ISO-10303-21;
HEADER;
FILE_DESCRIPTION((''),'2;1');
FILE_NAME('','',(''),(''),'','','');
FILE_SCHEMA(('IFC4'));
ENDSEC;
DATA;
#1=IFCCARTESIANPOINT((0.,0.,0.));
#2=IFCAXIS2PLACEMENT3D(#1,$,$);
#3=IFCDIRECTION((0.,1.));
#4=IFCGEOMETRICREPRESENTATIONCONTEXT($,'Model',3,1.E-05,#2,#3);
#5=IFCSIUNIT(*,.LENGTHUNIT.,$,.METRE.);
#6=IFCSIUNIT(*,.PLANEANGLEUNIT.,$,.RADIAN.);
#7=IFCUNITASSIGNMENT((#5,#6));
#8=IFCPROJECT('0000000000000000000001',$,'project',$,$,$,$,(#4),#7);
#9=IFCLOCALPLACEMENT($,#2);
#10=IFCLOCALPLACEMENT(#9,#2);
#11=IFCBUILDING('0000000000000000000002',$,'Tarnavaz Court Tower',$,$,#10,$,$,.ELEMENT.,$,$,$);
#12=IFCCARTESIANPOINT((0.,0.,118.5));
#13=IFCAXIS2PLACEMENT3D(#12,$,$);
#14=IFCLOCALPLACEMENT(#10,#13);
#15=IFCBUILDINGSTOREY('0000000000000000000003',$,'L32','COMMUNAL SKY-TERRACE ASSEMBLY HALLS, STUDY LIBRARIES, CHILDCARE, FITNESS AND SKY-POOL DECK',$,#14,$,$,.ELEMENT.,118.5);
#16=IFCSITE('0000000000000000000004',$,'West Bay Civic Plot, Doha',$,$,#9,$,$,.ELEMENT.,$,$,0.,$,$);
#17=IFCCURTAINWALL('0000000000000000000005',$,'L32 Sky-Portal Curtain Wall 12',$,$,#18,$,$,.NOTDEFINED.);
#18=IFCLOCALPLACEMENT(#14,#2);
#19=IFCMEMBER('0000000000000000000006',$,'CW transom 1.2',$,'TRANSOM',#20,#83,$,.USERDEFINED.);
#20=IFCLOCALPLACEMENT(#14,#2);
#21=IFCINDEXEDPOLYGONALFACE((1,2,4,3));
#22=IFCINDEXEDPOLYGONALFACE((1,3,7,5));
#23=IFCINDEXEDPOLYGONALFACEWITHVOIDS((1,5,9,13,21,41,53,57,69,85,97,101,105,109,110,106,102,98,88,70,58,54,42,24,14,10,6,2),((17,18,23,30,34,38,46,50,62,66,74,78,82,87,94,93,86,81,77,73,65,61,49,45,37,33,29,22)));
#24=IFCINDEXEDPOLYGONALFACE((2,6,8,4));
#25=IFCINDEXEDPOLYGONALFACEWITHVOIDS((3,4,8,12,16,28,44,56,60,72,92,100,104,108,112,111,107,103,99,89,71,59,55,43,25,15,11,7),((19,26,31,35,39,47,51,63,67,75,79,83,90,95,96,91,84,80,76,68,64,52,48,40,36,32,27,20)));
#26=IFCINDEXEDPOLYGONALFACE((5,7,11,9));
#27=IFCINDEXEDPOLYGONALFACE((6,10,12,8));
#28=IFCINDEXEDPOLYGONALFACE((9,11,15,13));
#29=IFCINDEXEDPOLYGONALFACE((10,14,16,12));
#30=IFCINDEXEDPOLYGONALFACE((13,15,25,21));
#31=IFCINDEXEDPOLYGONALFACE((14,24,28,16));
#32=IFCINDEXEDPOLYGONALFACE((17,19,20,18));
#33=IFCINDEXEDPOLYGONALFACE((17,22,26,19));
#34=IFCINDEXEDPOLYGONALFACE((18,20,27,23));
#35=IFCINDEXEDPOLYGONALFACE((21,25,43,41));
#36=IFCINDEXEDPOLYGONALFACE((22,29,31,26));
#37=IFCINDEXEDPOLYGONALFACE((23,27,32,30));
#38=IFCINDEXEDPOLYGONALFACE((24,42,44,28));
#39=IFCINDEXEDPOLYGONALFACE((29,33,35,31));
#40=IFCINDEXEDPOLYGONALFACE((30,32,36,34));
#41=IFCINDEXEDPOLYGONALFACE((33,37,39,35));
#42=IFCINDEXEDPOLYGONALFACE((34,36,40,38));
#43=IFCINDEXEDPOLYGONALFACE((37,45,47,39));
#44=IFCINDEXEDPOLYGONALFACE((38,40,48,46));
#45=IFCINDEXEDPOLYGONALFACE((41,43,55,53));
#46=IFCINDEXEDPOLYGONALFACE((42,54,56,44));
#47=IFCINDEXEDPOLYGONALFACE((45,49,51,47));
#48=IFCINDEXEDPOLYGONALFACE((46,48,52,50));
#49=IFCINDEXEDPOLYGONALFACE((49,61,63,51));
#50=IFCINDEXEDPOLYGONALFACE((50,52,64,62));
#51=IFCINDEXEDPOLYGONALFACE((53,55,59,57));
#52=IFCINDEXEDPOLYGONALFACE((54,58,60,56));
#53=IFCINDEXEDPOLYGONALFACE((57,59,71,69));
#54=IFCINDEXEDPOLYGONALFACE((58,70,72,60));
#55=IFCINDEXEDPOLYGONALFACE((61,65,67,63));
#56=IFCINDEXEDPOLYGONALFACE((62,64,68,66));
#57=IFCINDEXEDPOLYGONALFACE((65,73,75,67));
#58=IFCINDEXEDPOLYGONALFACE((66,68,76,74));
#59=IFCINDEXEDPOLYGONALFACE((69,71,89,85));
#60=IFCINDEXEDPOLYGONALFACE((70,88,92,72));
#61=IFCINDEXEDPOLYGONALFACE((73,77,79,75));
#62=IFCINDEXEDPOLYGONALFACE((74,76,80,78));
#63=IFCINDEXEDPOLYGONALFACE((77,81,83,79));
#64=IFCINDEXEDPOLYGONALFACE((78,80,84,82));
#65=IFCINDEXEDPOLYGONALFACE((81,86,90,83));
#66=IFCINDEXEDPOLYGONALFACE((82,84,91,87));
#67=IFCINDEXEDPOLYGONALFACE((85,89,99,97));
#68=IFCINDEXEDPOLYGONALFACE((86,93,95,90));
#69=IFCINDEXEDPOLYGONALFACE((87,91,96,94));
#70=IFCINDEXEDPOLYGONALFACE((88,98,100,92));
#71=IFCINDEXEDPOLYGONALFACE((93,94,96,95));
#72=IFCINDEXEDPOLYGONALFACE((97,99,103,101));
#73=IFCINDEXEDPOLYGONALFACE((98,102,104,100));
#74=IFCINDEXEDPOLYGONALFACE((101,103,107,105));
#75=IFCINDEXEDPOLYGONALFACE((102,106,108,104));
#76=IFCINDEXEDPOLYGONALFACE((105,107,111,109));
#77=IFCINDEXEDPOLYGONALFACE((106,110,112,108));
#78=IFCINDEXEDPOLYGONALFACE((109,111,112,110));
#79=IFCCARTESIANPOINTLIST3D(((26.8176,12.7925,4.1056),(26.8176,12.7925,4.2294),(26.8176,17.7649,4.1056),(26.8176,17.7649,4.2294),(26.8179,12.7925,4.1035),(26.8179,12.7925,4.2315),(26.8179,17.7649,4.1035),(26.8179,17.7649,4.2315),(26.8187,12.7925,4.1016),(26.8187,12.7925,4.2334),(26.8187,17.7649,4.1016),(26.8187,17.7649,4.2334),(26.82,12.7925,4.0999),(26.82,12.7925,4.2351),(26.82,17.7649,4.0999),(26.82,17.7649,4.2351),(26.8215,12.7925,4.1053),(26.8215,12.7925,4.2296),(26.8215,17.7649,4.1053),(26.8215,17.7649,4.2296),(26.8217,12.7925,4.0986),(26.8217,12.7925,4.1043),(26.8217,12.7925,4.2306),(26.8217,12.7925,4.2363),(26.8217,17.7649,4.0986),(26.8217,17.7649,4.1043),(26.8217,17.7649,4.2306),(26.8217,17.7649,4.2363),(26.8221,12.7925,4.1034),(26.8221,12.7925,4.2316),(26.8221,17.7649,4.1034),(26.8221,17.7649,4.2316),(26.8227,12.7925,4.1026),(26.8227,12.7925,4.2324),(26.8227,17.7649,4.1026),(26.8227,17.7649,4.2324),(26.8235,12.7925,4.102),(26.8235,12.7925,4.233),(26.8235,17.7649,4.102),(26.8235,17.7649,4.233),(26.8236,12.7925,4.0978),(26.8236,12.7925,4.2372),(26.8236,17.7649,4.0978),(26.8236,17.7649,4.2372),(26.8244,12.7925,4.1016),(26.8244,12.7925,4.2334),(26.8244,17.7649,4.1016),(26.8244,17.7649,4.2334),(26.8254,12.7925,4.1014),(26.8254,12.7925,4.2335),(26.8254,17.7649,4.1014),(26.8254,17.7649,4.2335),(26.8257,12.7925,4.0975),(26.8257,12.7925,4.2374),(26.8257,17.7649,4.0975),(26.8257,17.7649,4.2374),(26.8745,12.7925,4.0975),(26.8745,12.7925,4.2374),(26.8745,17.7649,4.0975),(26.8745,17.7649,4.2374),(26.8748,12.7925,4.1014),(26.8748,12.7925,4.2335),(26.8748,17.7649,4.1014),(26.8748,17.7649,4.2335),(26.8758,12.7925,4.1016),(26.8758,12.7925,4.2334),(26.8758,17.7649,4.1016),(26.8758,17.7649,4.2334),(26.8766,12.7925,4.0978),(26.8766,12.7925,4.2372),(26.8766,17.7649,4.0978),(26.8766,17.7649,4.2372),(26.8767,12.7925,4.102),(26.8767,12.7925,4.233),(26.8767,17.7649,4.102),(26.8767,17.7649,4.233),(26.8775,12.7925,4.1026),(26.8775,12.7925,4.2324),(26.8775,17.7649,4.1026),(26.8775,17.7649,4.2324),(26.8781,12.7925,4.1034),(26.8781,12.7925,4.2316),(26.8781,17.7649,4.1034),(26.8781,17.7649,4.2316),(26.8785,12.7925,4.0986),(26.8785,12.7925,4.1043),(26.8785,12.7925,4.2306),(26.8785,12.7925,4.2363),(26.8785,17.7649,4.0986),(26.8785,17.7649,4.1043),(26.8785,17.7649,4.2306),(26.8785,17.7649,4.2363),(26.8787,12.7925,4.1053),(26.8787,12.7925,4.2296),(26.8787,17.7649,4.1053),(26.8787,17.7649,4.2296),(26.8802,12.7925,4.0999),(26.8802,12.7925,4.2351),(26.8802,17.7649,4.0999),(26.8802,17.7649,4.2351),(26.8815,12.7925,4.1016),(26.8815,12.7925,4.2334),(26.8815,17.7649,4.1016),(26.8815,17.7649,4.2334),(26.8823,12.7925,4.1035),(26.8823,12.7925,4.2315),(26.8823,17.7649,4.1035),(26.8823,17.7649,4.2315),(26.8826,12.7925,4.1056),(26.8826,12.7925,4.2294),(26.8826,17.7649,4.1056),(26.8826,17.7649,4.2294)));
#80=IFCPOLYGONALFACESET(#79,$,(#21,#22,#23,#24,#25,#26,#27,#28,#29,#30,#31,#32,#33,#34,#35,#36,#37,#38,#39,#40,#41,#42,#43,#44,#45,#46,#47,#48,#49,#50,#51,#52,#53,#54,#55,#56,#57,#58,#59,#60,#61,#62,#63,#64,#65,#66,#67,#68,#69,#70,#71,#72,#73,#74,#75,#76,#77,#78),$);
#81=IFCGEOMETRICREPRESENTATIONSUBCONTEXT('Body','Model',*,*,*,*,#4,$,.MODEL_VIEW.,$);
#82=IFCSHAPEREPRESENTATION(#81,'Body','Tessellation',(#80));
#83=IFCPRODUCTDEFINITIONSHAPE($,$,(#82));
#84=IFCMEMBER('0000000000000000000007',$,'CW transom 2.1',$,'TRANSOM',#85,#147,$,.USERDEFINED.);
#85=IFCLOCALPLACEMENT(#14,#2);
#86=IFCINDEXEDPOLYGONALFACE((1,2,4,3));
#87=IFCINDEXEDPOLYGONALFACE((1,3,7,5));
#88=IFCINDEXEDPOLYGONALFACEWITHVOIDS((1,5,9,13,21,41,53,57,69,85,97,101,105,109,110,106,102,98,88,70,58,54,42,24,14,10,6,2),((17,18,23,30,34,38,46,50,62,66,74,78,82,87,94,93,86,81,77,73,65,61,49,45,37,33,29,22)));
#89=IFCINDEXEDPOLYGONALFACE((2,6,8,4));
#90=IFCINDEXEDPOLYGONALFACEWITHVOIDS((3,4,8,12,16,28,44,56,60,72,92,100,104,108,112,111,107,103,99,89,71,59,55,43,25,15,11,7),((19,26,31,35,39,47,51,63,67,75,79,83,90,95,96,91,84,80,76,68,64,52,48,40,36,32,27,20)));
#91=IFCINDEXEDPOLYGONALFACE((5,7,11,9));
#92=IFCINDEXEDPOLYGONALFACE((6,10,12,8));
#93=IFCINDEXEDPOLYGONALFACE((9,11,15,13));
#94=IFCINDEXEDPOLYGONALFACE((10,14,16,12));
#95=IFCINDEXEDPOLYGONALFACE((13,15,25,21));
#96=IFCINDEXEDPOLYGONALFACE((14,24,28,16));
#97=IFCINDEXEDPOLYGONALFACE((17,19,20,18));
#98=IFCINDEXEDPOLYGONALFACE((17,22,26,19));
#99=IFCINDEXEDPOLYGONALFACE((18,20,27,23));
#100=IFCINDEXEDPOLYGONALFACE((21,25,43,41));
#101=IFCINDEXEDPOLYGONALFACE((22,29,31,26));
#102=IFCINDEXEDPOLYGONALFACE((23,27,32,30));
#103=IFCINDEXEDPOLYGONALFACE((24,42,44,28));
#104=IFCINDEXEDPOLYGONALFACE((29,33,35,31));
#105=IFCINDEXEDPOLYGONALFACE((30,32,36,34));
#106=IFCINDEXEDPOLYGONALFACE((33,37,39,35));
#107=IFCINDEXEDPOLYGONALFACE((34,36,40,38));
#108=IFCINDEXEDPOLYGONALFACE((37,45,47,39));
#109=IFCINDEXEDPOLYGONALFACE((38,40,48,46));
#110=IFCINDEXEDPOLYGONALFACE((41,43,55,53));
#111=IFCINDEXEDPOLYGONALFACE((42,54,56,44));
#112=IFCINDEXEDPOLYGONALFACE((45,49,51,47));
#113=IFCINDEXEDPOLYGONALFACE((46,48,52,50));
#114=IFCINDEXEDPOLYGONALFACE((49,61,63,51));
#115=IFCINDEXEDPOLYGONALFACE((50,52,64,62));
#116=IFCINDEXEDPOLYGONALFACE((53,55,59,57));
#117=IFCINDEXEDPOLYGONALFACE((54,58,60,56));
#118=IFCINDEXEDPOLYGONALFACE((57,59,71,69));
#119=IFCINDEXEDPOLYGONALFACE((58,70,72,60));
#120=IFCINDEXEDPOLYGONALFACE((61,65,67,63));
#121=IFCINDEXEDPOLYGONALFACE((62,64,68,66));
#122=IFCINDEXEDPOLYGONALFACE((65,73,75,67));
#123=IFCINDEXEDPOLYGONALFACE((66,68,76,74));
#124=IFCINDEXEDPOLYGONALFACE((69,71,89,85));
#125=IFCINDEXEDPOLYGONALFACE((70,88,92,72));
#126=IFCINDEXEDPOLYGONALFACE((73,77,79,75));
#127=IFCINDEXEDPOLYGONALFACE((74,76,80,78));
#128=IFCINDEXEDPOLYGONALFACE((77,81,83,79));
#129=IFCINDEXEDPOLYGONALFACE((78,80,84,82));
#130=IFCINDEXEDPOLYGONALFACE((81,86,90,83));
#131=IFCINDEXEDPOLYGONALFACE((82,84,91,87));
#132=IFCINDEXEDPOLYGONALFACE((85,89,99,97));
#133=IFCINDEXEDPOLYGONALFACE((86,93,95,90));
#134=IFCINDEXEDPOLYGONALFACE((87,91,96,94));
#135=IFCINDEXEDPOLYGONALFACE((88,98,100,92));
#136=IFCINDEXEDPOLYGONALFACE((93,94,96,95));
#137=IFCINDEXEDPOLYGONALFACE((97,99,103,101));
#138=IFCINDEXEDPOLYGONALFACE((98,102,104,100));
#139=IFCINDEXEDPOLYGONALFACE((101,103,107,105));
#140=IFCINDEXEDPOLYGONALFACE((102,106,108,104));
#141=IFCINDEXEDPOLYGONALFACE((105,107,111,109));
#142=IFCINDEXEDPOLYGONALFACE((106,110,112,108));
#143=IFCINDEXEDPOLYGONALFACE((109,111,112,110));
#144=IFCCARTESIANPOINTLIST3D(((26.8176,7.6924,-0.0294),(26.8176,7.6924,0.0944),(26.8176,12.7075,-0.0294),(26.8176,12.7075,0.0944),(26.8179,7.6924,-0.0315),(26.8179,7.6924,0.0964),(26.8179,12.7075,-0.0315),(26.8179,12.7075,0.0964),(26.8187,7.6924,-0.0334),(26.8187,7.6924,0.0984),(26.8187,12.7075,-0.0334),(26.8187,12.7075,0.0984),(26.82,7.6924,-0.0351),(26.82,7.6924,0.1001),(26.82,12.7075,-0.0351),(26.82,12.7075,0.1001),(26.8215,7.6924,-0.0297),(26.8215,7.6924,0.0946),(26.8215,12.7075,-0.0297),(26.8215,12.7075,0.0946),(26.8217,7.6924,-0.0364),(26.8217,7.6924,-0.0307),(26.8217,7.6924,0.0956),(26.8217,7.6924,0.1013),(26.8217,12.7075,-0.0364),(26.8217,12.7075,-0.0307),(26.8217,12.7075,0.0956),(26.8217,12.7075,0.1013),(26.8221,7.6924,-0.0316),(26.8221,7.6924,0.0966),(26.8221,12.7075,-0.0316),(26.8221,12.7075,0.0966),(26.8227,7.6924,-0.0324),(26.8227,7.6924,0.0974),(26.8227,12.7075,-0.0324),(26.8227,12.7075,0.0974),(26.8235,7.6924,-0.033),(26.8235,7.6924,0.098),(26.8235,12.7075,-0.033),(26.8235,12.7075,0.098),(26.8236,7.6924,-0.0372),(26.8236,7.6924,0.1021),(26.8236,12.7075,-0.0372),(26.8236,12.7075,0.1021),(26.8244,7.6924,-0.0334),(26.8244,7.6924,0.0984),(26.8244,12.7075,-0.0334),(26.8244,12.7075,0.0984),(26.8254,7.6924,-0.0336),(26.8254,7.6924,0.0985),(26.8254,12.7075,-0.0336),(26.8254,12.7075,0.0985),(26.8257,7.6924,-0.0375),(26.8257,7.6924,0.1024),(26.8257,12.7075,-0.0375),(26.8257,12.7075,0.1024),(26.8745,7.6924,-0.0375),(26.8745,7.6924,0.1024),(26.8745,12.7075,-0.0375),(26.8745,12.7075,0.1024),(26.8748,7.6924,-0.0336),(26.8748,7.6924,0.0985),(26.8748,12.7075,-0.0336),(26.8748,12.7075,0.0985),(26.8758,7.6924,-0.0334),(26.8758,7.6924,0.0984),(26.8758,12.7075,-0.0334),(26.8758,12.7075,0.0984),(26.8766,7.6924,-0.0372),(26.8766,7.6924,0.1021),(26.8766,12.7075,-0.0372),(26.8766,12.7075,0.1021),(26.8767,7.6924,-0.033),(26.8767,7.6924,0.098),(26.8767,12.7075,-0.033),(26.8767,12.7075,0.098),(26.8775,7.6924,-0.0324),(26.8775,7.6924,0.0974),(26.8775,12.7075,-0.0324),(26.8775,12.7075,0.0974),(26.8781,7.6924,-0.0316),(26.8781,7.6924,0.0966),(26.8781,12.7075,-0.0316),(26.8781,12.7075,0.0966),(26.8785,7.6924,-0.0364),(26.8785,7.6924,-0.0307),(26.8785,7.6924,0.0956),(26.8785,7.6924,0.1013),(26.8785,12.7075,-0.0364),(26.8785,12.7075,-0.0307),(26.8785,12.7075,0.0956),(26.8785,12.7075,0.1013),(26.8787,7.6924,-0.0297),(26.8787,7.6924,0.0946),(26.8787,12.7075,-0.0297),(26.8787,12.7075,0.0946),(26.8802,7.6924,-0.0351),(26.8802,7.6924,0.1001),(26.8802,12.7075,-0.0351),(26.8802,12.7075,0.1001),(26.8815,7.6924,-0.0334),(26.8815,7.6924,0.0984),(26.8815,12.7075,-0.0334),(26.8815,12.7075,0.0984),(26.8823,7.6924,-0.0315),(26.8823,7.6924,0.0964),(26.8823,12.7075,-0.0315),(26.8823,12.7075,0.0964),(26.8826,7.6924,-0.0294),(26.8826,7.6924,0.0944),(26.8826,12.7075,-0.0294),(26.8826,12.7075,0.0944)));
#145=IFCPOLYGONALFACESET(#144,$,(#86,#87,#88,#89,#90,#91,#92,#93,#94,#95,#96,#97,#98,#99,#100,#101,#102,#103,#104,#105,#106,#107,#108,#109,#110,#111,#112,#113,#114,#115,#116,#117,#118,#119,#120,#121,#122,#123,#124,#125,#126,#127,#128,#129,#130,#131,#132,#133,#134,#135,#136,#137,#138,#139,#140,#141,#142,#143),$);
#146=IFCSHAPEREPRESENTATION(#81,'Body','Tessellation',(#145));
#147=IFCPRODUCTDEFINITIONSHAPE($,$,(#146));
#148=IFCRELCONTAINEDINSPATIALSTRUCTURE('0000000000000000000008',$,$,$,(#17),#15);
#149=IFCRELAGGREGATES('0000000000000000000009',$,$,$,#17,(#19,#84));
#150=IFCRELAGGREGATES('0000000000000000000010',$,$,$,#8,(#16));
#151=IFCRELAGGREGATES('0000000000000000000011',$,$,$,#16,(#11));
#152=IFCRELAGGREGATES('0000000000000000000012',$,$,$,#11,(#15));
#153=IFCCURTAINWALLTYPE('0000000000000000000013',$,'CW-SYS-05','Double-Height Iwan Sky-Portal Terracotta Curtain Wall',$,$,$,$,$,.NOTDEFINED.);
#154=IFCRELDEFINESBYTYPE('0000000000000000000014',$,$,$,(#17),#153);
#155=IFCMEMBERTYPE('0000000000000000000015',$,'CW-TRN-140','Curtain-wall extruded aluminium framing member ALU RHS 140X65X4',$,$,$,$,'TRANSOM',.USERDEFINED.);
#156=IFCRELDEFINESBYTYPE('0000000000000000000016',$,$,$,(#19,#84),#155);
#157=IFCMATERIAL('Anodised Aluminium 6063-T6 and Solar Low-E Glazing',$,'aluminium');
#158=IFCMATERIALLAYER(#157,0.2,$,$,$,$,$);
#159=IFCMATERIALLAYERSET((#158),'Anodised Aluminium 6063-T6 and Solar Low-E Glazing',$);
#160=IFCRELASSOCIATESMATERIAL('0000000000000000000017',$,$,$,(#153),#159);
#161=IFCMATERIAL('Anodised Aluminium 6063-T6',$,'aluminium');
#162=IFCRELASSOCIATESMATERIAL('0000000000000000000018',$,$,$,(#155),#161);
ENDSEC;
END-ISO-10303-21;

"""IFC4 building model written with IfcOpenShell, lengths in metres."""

from ifc_helpers import new_model, si_unit, direction, frame, origin, origin_2d, place, context, subcontext, project, spatial, hollow_rectangle, extrude, material, layer, layer_set, material_profile, profile_set, type_object, element, aggregate, save


model = new_model("IFC4")

# Units and contexts
model_context = context("Model", 3, precision=1e-05, world=origin(), true_north=direction((0.0, 1.0)))
body_context = subcontext(model_context, "Body", "Model", "MODEL_VIEW")
ifc_project = project(units=[si_unit("LENGTHUNIT", "METRE"), si_unit("PLANEANGLEUNIT", "RADIAN")], contexts=[model_context])

# Site, building, storey
site_placement = place(None, origin())
site = spatial("IfcSite", under=ifc_project, at=site_placement, Name="West Bay Civic Plot, Doha", CompositionType="ELEMENT", RefElevation=0.0)
building_placement = place(site_placement, origin())
building = spatial("IfcBuilding", under=site, at=building_placement, Name="Tarnavaz Court Tower", CompositionType="ELEMENT")
storey_placement = place(building_placement, frame((0.0, 0.0, 118.5)))
storey = spatial("IfcBuildingStorey", under=building, at=storey_placement, Name="L32", Description="COMMUNAL SKY-TERRACE ASSEMBLY HALLS, STUDY LIBRARIES, CHILDCARE, FITNESS AND SKY-POOL DECK", CompositionType="ELEMENT", Elevation=118.5)

# Curtain wall, members
ifc_material_1 = material(Name="Anodised Aluminium 6063-T6 and Solar Low-E Glazing", Category="aluminium")
ifc_layer_1 = layer(ifc_material_1, 0.2)
ifc_layer_set_1 = layer_set([ifc_layer_1], Name="Anodised Aluminium 6063-T6 and Solar Low-E Glazing")
curtain_wall_type = type_object("IfcCurtainWallType", Name="CW-SYS-05", Description="Double-Height Iwan Sky-Portal Terracotta Curtain Wall", PredefinedType="NOTDEFINED", material=ifc_layer_set_1)
curtain_wall_placement = place(storey_placement, origin())
curtain_wall = element("IfcCurtainWall", 1, at=curtain_wall_placement, inside=storey, type_object=curtain_wall_type, Name="L32 Sky-Portal Curtain Wall 12", PredefinedType="NOTDEFINED")
ifc_material_2 = material(Name="Anodised Aluminium 6063-T6", Category="aluminium")
ifc_material_profile_1 = material_profile(ifc_material_2, hollow_rectangle(XDim=0.0649, YDim=0.1399, WallThickness=0.0039, InnerFilletRadius=0.0039, OuterFilletRadius=0.0081, at=origin_2d()), Name="ALU RHS 140X65X4")
ifc_profile_set_1 = profile_set([ifc_material_profile_1], Name="Anodised Aluminium 6063-T6")
member_type_1 = type_object("IfcMemberType", Name="CW-TRN-140", Description="Curtain-wall extruded aluminium framing member ALU RHS 140X65X4", ElementType="TRANSOM", PredefinedType="USERDEFINED", material=ifc_profile_set_1)
member_1_placement = place(storey_placement, frame((26.8501, 17.7649, 4.1675), z_axis=(0.0, -1.0, 0.0), x_axis=(1.0, 0.0, 0.0)))
member_1 = element("IfcMember", 2, at=member_1_placement, type_object=member_type_1, Name="CW transom 1.2", ObjectType="TRANSOM", PredefinedType="USERDEFINED", context=body_context, shape_type="SweptSolid", body=[
    extrude(hollow_rectangle(XDim=0.0649, YDim=0.1399, WallThickness=0.0039, InnerFilletRadius=0.0039, OuterFilletRadius=0.0081, at=origin_2d()), origin(), (0.0, 0.0, 1.0), 4.9724),
])
member_2_placement = place(storey_placement, frame((26.8501, 12.7075, 0.0325), z_axis=(0.0, -1.0, 0.0), x_axis=(1.0, 0.0, 0.0)))
member_2 = element("IfcMember", 3, at=member_2_placement, type_object=member_type_1, Name="CW transom 2.1", ObjectType="TRANSOM", PredefinedType="USERDEFINED", context=body_context, shape_type="SweptSolid", body=[
    extrude(hollow_rectangle(XDim=0.0649, YDim=0.1399, WallThickness=0.0039, InnerFilletRadius=0.0039, OuterFilletRadius=0.0081, at=origin_2d()), origin(), (0.0, 0.0, 1.0), 5.0151),
])
aggregate(curtain_wall, [member_1, member_2])

save(model, "model.ifc")
